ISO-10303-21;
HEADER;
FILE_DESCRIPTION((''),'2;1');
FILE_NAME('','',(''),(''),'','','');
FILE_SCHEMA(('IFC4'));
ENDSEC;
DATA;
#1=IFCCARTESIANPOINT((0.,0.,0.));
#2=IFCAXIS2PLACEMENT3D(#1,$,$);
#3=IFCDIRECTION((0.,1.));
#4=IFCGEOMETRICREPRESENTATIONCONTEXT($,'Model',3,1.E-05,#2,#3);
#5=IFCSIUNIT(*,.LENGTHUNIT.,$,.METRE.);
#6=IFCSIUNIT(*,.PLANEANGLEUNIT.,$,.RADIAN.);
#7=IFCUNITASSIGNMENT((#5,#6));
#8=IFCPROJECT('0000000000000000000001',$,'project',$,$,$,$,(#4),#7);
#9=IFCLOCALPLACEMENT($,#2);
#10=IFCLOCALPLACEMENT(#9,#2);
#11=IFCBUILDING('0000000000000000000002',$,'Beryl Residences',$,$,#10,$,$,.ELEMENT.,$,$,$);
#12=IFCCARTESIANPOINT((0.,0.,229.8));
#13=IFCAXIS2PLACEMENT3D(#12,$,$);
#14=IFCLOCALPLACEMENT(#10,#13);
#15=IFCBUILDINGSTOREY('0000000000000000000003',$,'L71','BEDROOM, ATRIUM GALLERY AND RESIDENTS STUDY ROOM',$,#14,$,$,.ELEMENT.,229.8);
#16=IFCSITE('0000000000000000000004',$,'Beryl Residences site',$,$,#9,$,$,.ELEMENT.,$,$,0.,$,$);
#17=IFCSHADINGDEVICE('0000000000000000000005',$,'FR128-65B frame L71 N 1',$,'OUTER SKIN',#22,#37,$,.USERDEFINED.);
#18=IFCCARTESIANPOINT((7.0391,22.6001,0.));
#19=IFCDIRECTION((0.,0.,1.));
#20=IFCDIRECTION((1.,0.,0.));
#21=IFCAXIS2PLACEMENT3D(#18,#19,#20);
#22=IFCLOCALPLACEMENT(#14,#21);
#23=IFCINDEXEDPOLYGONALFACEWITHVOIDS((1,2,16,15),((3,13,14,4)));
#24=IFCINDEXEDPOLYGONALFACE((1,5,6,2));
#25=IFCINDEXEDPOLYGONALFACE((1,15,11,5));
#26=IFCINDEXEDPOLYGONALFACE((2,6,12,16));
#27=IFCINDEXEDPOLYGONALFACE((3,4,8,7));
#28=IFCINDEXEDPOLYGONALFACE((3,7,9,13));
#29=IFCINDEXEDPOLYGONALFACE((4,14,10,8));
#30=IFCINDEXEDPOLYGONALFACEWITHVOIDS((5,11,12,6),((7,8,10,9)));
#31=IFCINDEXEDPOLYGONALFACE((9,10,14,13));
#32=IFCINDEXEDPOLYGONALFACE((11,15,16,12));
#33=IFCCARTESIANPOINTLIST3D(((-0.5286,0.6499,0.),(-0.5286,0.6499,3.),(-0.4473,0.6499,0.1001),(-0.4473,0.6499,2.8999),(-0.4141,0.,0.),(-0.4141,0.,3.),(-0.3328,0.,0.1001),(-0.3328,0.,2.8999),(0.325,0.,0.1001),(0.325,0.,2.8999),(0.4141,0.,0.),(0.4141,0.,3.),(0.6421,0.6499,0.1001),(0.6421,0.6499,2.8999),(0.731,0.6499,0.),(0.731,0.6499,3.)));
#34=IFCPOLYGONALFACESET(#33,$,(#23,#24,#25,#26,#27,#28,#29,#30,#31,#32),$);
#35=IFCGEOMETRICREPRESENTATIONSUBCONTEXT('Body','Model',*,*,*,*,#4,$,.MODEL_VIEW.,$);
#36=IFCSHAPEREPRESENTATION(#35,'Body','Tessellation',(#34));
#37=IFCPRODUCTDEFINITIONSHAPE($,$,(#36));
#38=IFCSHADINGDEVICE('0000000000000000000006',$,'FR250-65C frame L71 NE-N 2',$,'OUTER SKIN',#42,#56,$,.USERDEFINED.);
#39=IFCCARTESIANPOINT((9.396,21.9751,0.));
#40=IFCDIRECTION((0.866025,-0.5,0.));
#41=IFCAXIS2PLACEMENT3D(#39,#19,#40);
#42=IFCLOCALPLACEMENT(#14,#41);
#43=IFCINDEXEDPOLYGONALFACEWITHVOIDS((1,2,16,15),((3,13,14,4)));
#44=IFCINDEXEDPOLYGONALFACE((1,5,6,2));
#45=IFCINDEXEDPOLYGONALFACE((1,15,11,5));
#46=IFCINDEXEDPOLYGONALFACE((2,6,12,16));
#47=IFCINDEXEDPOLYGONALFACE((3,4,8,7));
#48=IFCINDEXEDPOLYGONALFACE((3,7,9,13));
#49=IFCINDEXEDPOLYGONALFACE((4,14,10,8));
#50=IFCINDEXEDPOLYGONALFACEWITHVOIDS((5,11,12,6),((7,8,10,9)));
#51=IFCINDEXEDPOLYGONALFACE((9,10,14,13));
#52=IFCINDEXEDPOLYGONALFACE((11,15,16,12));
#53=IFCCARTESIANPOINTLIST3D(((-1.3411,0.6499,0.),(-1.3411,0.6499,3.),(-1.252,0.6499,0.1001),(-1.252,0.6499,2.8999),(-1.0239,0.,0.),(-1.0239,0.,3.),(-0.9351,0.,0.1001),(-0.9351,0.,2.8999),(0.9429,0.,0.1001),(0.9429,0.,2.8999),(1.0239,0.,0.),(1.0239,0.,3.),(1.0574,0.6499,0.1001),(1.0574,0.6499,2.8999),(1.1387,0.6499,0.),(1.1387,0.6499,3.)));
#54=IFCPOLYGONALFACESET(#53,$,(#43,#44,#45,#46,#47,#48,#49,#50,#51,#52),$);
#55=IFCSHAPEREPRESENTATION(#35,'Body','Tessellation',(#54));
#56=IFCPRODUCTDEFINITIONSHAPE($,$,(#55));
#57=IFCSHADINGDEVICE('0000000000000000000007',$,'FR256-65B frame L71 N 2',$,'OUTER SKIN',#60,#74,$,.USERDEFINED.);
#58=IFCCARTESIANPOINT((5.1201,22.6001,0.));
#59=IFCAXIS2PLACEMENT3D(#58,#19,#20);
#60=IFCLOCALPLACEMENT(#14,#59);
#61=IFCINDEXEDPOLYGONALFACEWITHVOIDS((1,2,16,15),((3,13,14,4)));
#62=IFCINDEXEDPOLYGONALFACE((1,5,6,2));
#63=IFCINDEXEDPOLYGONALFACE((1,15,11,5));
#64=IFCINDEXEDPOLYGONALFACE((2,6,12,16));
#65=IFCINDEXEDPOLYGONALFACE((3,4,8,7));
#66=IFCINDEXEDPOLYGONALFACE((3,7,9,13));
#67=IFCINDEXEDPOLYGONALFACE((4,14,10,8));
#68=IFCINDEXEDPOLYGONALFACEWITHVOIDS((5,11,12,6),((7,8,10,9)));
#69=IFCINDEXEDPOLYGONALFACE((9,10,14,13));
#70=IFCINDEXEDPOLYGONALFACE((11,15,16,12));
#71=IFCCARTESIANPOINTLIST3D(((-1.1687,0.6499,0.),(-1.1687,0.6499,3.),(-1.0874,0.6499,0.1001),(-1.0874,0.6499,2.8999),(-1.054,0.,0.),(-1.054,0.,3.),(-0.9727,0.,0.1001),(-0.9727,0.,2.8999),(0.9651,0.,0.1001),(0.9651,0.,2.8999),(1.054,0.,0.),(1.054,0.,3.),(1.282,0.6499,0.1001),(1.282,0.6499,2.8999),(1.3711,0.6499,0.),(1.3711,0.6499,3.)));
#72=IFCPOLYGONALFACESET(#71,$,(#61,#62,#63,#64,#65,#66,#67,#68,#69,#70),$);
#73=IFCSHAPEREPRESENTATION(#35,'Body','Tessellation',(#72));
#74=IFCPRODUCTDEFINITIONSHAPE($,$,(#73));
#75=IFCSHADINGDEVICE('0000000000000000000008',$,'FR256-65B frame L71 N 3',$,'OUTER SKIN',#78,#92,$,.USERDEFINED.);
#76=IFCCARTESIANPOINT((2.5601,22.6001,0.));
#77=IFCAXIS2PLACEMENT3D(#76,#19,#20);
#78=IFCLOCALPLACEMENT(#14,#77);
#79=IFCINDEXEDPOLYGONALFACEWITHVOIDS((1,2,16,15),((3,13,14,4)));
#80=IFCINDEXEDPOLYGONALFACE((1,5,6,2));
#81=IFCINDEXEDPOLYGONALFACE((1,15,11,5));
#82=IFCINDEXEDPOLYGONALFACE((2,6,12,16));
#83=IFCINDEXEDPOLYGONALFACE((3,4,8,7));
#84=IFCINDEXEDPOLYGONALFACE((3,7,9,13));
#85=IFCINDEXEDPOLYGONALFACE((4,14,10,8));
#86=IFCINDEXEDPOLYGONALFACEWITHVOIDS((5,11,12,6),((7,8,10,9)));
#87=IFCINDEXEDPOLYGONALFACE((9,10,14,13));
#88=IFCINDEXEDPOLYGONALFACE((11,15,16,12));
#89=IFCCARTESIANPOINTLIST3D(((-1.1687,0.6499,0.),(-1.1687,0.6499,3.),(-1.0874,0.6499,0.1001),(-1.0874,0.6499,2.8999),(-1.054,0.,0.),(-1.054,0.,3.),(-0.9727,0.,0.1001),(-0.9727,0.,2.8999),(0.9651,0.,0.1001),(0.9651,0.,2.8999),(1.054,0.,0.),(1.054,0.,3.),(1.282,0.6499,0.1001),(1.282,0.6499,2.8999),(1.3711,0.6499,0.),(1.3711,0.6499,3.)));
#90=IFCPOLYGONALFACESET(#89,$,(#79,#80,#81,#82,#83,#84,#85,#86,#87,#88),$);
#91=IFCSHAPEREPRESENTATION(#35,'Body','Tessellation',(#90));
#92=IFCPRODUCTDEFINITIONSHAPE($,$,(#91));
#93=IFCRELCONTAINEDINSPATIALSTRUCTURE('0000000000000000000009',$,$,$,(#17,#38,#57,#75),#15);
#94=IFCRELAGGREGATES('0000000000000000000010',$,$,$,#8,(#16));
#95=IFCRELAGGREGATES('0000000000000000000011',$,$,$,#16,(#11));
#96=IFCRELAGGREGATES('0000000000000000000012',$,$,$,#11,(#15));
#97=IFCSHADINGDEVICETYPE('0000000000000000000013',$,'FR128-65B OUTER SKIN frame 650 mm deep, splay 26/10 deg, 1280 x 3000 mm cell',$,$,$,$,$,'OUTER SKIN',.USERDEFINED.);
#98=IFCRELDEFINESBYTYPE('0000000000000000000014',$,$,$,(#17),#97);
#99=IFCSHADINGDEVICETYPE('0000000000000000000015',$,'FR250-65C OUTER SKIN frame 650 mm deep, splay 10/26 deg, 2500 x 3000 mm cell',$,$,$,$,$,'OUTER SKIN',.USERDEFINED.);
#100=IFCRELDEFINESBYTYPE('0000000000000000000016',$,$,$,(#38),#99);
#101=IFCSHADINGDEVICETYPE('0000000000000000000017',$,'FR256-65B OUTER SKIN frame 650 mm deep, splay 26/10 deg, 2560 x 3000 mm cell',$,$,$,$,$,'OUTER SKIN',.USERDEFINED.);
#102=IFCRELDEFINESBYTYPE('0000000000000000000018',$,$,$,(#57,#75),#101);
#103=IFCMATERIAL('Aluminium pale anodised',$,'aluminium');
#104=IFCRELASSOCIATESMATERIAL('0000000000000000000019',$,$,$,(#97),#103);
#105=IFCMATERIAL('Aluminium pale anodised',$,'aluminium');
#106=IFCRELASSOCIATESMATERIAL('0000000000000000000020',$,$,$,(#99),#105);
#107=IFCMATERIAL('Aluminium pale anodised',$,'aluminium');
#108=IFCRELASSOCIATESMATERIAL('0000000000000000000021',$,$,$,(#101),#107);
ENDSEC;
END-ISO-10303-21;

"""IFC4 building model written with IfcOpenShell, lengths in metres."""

from ifc_helpers import new_model, entity, si_unit, direction, frame, origin, place, context, subcontext, project, spatial, source, transform, mapped, material, type_object, type_shapes, element, save


model = new_model("IFC4")

# Units and contexts
model_context = context("Model", 3, precision=1e-05, world=origin(), true_north=direction((0.0, 1.0)))
body_context = subcontext(model_context, "Body", "Model", "MODEL_VIEW")
ifc_project = project(units=[si_unit("LENGTHUNIT", "METRE"), si_unit("PLANEANGLEUNIT", "RADIAN")], contexts=[model_context])

# Site, building, storey
site_placement = place(None, origin())
site = spatial("IfcSite", under=ifc_project, at=site_placement, Name="Beryl Residences site", CompositionType="ELEMENT", RefElevation=0.0)
building_placement = place(site_placement, origin())
building = spatial("IfcBuilding", under=site, at=building_placement, Name="Beryl Residences", CompositionType="ELEMENT")
storey_placement = place(building_placement, frame((0.0, 0.0, 229.8)))
storey = spatial("IfcBuildingStorey", under=building, at=storey_placement, Name="L71", Description="BEDROOM, ATRIUM GALLERY AND RESIDENTS STUDY ROOM", CompositionType="ELEMENT", Elevation=229.8)

# Shading devices
ifc_material_1 = material(Name="Aluminium pale anodised", Category="aluminium")
shading_device_type_1 = type_object("IfcShadingDeviceType", Name="FR128-65B OUTER SKIN frame 650 mm deep, splay 26/10 deg, 1280 x 3000 mm cell", ElementType="OUTER SKIN", PredefinedType="USERDEFINED", material=ifc_material_1)
cartesian_point_1 = entity("IfcCartesianPoint", [-0.4141, 0.0])
cartesian_point_2 = entity("IfcCartesianPoint", [-0.325, 0.1001])
cartesian_point_3 = entity("IfcCartesianPoint", [-0.731, 0.0])
cartesian_point_4 = entity("IfcCartesianPoint", [-0.6421, 0.1001])
shared_shape_1 = source(origin(), body_context, "Body", "SweptSolid", [
    entity("IfcExtrudedAreaSolidTapered", entity("IfcArbitraryProfileDefWithVoids", "AREA", None, entity("IfcPolyline", [cartesian_point_1, entity("IfcCartesianPoint", [0.4141, 0.0]), entity("IfcCartesianPoint", [0.4141, 3.0]), entity("IfcCartesianPoint", [-0.4141, 3.0]), cartesian_point_1]), [entity("IfcPolyline", [cartesian_point_2, entity("IfcCartesianPoint", [0.3328, 0.1001]), entity("IfcCartesianPoint", [0.3328, 2.8999]), entity("IfcCartesianPoint", [-0.325, 2.8999]), cartesian_point_2])]), entity("IfcAxis2Placement3D", entity("IfcCartesianPoint", [0.0, 0.0, 0.0]), entity("IfcDirection", [0.0, 1.0, 0.0]), entity("IfcDirection", [-1.0, 0.0, 0.0])), entity("IfcDirection", [0.0, 0.0, 1.0]), 0.6499, entity("IfcArbitraryProfileDefWithVoids", "AREA", None, entity("IfcPolyline", [cartesian_point_3, entity("IfcCartesianPoint", [0.5286, 0.0]), entity("IfcCartesianPoint", [0.5286, 3.0]), entity("IfcCartesianPoint", [-0.731, 3.0]), cartesian_point_3]), [entity("IfcPolyline", [cartesian_point_4, entity("IfcCartesianPoint", [0.4473, 0.1001]), entity("IfcCartesianPoint", [0.4473, 2.8999]), entity("IfcCartesianPoint", [-0.6421, 2.8999]), cartesian_point_4])])),
])
type_shapes(shading_device_type_1, [shared_shape_1])
shading_device_1_placement = place(storey_placement, frame((7.0391, 22.6001, 0.0), z_axis=(0.0, 0.0, 1.0), x_axis=(1.0, 0.0, 0.0)))
element("IfcShadingDevice", 1, at=shading_device_1_placement, inside=storey, type_object=shading_device_type_1, Name="FR128-65B frame L71 N 1", ObjectType="OUTER SKIN", PredefinedType="USERDEFINED", context=body_context, shape_type="MappedRepresentation", body=[
    mapped(shared_shape_1, transform((0.0, 0.0, 0.0))),
])
ifc_material_2 = material(Name="Aluminium pale anodised", Category="aluminium")
shading_device_type_2 = type_object("IfcShadingDeviceType", Name="FR250-65C OUTER SKIN frame 650 mm deep, splay 10/26 deg, 2500 x 3000 mm cell", ElementType="OUTER SKIN", PredefinedType="USERDEFINED", material=ifc_material_2)
cartesian_point_5 = entity("IfcCartesianPoint", [-1.0239, 0.0])
cartesian_point_6 = entity("IfcCartesianPoint", [-0.9429, 0.1001])
cartesian_point_7 = entity("IfcCartesianPoint", [-1.1387, 0.0])
cartesian_point_8 = entity("IfcCartesianPoint", [-1.0574, 0.1001])
shared_shape_2 = source(origin(), body_context, "Body", "SweptSolid", [
    entity("IfcExtrudedAreaSolidTapered", entity("IfcArbitraryProfileDefWithVoids", "AREA", None, entity("IfcPolyline", [cartesian_point_5, entity("IfcCartesianPoint", [1.0239, 0.0]), entity("IfcCartesianPoint", [1.0239, 3.0]), entity("IfcCartesianPoint", [-1.0239, 3.0]), cartesian_point_5]), [entity("IfcPolyline", [cartesian_point_6, entity("IfcCartesianPoint", [0.9351, 0.1001]), entity("IfcCartesianPoint", [0.9351, 2.8999]), entity("IfcCartesianPoint", [-0.9429, 2.8999]), cartesian_point_6])]), entity("IfcAxis2Placement3D", entity("IfcCartesianPoint", [0.0, 0.0, 0.0]), entity("IfcDirection", [0.0, 1.0, 0.0]), entity("IfcDirection", [-1.0, 0.0, 0.0])), entity("IfcDirection", [0.0, 0.0, 1.0]), 0.6499, entity("IfcArbitraryProfileDefWithVoids", "AREA", None, entity("IfcPolyline", [cartesian_point_7, entity("IfcCartesianPoint", [1.3411, 0.0]), entity("IfcCartesianPoint", [1.3411, 3.0]), entity("IfcCartesianPoint", [-1.1387, 3.0]), cartesian_point_7]), [entity("IfcPolyline", [cartesian_point_8, entity("IfcCartesianPoint", [1.252, 0.1001]), entity("IfcCartesianPoint", [1.252, 2.8999]), entity("IfcCartesianPoint", [-1.0574, 2.8999]), cartesian_point_8])])),
])
type_shapes(shading_device_type_2, [shared_shape_2])
shading_device_2_placement = place(storey_placement, frame((9.396, 21.9751, 0.0), z_axis=(0.0, 0.0, 1.0), x_axis=(0.866025, -0.5, 0.0)))
element("IfcShadingDevice", 2, at=shading_device_2_placement, inside=storey, type_object=shading_device_type_2, Name="FR250-65C frame L71 NE-N 2", ObjectType="OUTER SKIN", PredefinedType="USERDEFINED", context=body_context, shape_type="MappedRepresentation", body=[
    mapped(shared_shape_2, transform((0.0, 0.0, 0.0))),
])
ifc_material_3 = material(Name="Aluminium pale anodised", Category="aluminium")
shading_device_type_3 = type_object("IfcShadingDeviceType", Name="FR256-65B OUTER SKIN frame 650 mm deep, splay 26/10 deg, 2560 x 3000 mm cell", ElementType="OUTER SKIN", PredefinedType="USERDEFINED", material=ifc_material_3)
cartesian_point_9 = entity("IfcCartesianPoint", [-1.054, 0.0])
cartesian_point_10 = entity("IfcCartesianPoint", [-0.9651, 0.1001])
cartesian_point_11 = entity("IfcCartesianPoint", [-1.3711, 0.0])
cartesian_point_12 = entity("IfcCartesianPoint", [-1.282, 0.1001])
shared_shape_3 = source(origin(), body_context, "Body", "SweptSolid", [
    entity("IfcExtrudedAreaSolidTapered", entity("IfcArbitraryProfileDefWithVoids", "AREA", None, entity("IfcPolyline", [cartesian_point_9, entity("IfcCartesianPoint", [1.054, 0.0]), entity("IfcCartesianPoint", [1.054, 3.0]), entity("IfcCartesianPoint", [-1.054, 3.0]), cartesian_point_9]), [entity("IfcPolyline", [cartesian_point_10, entity("IfcCartesianPoint", [0.9727, 0.1001]), entity("IfcCartesianPoint", [0.9727, 2.8999]), entity("IfcCartesianPoint", [-0.9651, 2.8999]), cartesian_point_10])]), entity("IfcAxis2Placement3D", entity("IfcCartesianPoint", [0.0, 0.0, 0.0]), entity("IfcDirection", [0.0, 1.0, 0.0]), entity("IfcDirection", [-1.0, 0.0, 0.0])), entity("IfcDirection", [0.0, 0.0, 1.0]), 0.6499, entity("IfcArbitraryProfileDefWithVoids", "AREA", None, entity("IfcPolyline", [cartesian_point_11, entity("IfcCartesianPoint", [1.1687, 0.0]), entity("IfcCartesianPoint", [1.1687, 3.0]), entity("IfcCartesianPoint", [-1.3711, 3.0]), cartesian_point_11]), [entity("IfcPolyline", [cartesian_point_12, entity("IfcCartesianPoint", [1.0874, 0.1001]), entity("IfcCartesianPoint", [1.0874, 2.8999]), entity("IfcCartesianPoint", [-1.282, 2.8999]), cartesian_point_12])])),
])
type_shapes(shading_device_type_3, [shared_shape_3])
for number, where, z_axis, x_axis, name in (
    (3, (5.1201, 22.6001, 0.0), (0.0, 0.0, 1.0), (1.0, 0.0, 0.0), "FR256-65B frame L71 N 2"),
    (4, (2.5601, 22.6001, 0.0), (0.0, 0.0, 1.0), (1.0, 0.0, 0.0), "FR256-65B frame L71 N 3"),
):
    element("IfcShadingDevice", number, at=place(storey_placement, frame(where, z_axis=z_axis, x_axis=x_axis)), inside=storey, type_object=shading_device_type_3, Name=name, ObjectType="OUTER SKIN", PredefinedType="USERDEFINED", context=body_context, shape_type="MappedRepresentation", body=[
        mapped(shared_shape_3, transform((0.0, 0.0, 0.0))),
    ])

save(model, "model.ifc")
